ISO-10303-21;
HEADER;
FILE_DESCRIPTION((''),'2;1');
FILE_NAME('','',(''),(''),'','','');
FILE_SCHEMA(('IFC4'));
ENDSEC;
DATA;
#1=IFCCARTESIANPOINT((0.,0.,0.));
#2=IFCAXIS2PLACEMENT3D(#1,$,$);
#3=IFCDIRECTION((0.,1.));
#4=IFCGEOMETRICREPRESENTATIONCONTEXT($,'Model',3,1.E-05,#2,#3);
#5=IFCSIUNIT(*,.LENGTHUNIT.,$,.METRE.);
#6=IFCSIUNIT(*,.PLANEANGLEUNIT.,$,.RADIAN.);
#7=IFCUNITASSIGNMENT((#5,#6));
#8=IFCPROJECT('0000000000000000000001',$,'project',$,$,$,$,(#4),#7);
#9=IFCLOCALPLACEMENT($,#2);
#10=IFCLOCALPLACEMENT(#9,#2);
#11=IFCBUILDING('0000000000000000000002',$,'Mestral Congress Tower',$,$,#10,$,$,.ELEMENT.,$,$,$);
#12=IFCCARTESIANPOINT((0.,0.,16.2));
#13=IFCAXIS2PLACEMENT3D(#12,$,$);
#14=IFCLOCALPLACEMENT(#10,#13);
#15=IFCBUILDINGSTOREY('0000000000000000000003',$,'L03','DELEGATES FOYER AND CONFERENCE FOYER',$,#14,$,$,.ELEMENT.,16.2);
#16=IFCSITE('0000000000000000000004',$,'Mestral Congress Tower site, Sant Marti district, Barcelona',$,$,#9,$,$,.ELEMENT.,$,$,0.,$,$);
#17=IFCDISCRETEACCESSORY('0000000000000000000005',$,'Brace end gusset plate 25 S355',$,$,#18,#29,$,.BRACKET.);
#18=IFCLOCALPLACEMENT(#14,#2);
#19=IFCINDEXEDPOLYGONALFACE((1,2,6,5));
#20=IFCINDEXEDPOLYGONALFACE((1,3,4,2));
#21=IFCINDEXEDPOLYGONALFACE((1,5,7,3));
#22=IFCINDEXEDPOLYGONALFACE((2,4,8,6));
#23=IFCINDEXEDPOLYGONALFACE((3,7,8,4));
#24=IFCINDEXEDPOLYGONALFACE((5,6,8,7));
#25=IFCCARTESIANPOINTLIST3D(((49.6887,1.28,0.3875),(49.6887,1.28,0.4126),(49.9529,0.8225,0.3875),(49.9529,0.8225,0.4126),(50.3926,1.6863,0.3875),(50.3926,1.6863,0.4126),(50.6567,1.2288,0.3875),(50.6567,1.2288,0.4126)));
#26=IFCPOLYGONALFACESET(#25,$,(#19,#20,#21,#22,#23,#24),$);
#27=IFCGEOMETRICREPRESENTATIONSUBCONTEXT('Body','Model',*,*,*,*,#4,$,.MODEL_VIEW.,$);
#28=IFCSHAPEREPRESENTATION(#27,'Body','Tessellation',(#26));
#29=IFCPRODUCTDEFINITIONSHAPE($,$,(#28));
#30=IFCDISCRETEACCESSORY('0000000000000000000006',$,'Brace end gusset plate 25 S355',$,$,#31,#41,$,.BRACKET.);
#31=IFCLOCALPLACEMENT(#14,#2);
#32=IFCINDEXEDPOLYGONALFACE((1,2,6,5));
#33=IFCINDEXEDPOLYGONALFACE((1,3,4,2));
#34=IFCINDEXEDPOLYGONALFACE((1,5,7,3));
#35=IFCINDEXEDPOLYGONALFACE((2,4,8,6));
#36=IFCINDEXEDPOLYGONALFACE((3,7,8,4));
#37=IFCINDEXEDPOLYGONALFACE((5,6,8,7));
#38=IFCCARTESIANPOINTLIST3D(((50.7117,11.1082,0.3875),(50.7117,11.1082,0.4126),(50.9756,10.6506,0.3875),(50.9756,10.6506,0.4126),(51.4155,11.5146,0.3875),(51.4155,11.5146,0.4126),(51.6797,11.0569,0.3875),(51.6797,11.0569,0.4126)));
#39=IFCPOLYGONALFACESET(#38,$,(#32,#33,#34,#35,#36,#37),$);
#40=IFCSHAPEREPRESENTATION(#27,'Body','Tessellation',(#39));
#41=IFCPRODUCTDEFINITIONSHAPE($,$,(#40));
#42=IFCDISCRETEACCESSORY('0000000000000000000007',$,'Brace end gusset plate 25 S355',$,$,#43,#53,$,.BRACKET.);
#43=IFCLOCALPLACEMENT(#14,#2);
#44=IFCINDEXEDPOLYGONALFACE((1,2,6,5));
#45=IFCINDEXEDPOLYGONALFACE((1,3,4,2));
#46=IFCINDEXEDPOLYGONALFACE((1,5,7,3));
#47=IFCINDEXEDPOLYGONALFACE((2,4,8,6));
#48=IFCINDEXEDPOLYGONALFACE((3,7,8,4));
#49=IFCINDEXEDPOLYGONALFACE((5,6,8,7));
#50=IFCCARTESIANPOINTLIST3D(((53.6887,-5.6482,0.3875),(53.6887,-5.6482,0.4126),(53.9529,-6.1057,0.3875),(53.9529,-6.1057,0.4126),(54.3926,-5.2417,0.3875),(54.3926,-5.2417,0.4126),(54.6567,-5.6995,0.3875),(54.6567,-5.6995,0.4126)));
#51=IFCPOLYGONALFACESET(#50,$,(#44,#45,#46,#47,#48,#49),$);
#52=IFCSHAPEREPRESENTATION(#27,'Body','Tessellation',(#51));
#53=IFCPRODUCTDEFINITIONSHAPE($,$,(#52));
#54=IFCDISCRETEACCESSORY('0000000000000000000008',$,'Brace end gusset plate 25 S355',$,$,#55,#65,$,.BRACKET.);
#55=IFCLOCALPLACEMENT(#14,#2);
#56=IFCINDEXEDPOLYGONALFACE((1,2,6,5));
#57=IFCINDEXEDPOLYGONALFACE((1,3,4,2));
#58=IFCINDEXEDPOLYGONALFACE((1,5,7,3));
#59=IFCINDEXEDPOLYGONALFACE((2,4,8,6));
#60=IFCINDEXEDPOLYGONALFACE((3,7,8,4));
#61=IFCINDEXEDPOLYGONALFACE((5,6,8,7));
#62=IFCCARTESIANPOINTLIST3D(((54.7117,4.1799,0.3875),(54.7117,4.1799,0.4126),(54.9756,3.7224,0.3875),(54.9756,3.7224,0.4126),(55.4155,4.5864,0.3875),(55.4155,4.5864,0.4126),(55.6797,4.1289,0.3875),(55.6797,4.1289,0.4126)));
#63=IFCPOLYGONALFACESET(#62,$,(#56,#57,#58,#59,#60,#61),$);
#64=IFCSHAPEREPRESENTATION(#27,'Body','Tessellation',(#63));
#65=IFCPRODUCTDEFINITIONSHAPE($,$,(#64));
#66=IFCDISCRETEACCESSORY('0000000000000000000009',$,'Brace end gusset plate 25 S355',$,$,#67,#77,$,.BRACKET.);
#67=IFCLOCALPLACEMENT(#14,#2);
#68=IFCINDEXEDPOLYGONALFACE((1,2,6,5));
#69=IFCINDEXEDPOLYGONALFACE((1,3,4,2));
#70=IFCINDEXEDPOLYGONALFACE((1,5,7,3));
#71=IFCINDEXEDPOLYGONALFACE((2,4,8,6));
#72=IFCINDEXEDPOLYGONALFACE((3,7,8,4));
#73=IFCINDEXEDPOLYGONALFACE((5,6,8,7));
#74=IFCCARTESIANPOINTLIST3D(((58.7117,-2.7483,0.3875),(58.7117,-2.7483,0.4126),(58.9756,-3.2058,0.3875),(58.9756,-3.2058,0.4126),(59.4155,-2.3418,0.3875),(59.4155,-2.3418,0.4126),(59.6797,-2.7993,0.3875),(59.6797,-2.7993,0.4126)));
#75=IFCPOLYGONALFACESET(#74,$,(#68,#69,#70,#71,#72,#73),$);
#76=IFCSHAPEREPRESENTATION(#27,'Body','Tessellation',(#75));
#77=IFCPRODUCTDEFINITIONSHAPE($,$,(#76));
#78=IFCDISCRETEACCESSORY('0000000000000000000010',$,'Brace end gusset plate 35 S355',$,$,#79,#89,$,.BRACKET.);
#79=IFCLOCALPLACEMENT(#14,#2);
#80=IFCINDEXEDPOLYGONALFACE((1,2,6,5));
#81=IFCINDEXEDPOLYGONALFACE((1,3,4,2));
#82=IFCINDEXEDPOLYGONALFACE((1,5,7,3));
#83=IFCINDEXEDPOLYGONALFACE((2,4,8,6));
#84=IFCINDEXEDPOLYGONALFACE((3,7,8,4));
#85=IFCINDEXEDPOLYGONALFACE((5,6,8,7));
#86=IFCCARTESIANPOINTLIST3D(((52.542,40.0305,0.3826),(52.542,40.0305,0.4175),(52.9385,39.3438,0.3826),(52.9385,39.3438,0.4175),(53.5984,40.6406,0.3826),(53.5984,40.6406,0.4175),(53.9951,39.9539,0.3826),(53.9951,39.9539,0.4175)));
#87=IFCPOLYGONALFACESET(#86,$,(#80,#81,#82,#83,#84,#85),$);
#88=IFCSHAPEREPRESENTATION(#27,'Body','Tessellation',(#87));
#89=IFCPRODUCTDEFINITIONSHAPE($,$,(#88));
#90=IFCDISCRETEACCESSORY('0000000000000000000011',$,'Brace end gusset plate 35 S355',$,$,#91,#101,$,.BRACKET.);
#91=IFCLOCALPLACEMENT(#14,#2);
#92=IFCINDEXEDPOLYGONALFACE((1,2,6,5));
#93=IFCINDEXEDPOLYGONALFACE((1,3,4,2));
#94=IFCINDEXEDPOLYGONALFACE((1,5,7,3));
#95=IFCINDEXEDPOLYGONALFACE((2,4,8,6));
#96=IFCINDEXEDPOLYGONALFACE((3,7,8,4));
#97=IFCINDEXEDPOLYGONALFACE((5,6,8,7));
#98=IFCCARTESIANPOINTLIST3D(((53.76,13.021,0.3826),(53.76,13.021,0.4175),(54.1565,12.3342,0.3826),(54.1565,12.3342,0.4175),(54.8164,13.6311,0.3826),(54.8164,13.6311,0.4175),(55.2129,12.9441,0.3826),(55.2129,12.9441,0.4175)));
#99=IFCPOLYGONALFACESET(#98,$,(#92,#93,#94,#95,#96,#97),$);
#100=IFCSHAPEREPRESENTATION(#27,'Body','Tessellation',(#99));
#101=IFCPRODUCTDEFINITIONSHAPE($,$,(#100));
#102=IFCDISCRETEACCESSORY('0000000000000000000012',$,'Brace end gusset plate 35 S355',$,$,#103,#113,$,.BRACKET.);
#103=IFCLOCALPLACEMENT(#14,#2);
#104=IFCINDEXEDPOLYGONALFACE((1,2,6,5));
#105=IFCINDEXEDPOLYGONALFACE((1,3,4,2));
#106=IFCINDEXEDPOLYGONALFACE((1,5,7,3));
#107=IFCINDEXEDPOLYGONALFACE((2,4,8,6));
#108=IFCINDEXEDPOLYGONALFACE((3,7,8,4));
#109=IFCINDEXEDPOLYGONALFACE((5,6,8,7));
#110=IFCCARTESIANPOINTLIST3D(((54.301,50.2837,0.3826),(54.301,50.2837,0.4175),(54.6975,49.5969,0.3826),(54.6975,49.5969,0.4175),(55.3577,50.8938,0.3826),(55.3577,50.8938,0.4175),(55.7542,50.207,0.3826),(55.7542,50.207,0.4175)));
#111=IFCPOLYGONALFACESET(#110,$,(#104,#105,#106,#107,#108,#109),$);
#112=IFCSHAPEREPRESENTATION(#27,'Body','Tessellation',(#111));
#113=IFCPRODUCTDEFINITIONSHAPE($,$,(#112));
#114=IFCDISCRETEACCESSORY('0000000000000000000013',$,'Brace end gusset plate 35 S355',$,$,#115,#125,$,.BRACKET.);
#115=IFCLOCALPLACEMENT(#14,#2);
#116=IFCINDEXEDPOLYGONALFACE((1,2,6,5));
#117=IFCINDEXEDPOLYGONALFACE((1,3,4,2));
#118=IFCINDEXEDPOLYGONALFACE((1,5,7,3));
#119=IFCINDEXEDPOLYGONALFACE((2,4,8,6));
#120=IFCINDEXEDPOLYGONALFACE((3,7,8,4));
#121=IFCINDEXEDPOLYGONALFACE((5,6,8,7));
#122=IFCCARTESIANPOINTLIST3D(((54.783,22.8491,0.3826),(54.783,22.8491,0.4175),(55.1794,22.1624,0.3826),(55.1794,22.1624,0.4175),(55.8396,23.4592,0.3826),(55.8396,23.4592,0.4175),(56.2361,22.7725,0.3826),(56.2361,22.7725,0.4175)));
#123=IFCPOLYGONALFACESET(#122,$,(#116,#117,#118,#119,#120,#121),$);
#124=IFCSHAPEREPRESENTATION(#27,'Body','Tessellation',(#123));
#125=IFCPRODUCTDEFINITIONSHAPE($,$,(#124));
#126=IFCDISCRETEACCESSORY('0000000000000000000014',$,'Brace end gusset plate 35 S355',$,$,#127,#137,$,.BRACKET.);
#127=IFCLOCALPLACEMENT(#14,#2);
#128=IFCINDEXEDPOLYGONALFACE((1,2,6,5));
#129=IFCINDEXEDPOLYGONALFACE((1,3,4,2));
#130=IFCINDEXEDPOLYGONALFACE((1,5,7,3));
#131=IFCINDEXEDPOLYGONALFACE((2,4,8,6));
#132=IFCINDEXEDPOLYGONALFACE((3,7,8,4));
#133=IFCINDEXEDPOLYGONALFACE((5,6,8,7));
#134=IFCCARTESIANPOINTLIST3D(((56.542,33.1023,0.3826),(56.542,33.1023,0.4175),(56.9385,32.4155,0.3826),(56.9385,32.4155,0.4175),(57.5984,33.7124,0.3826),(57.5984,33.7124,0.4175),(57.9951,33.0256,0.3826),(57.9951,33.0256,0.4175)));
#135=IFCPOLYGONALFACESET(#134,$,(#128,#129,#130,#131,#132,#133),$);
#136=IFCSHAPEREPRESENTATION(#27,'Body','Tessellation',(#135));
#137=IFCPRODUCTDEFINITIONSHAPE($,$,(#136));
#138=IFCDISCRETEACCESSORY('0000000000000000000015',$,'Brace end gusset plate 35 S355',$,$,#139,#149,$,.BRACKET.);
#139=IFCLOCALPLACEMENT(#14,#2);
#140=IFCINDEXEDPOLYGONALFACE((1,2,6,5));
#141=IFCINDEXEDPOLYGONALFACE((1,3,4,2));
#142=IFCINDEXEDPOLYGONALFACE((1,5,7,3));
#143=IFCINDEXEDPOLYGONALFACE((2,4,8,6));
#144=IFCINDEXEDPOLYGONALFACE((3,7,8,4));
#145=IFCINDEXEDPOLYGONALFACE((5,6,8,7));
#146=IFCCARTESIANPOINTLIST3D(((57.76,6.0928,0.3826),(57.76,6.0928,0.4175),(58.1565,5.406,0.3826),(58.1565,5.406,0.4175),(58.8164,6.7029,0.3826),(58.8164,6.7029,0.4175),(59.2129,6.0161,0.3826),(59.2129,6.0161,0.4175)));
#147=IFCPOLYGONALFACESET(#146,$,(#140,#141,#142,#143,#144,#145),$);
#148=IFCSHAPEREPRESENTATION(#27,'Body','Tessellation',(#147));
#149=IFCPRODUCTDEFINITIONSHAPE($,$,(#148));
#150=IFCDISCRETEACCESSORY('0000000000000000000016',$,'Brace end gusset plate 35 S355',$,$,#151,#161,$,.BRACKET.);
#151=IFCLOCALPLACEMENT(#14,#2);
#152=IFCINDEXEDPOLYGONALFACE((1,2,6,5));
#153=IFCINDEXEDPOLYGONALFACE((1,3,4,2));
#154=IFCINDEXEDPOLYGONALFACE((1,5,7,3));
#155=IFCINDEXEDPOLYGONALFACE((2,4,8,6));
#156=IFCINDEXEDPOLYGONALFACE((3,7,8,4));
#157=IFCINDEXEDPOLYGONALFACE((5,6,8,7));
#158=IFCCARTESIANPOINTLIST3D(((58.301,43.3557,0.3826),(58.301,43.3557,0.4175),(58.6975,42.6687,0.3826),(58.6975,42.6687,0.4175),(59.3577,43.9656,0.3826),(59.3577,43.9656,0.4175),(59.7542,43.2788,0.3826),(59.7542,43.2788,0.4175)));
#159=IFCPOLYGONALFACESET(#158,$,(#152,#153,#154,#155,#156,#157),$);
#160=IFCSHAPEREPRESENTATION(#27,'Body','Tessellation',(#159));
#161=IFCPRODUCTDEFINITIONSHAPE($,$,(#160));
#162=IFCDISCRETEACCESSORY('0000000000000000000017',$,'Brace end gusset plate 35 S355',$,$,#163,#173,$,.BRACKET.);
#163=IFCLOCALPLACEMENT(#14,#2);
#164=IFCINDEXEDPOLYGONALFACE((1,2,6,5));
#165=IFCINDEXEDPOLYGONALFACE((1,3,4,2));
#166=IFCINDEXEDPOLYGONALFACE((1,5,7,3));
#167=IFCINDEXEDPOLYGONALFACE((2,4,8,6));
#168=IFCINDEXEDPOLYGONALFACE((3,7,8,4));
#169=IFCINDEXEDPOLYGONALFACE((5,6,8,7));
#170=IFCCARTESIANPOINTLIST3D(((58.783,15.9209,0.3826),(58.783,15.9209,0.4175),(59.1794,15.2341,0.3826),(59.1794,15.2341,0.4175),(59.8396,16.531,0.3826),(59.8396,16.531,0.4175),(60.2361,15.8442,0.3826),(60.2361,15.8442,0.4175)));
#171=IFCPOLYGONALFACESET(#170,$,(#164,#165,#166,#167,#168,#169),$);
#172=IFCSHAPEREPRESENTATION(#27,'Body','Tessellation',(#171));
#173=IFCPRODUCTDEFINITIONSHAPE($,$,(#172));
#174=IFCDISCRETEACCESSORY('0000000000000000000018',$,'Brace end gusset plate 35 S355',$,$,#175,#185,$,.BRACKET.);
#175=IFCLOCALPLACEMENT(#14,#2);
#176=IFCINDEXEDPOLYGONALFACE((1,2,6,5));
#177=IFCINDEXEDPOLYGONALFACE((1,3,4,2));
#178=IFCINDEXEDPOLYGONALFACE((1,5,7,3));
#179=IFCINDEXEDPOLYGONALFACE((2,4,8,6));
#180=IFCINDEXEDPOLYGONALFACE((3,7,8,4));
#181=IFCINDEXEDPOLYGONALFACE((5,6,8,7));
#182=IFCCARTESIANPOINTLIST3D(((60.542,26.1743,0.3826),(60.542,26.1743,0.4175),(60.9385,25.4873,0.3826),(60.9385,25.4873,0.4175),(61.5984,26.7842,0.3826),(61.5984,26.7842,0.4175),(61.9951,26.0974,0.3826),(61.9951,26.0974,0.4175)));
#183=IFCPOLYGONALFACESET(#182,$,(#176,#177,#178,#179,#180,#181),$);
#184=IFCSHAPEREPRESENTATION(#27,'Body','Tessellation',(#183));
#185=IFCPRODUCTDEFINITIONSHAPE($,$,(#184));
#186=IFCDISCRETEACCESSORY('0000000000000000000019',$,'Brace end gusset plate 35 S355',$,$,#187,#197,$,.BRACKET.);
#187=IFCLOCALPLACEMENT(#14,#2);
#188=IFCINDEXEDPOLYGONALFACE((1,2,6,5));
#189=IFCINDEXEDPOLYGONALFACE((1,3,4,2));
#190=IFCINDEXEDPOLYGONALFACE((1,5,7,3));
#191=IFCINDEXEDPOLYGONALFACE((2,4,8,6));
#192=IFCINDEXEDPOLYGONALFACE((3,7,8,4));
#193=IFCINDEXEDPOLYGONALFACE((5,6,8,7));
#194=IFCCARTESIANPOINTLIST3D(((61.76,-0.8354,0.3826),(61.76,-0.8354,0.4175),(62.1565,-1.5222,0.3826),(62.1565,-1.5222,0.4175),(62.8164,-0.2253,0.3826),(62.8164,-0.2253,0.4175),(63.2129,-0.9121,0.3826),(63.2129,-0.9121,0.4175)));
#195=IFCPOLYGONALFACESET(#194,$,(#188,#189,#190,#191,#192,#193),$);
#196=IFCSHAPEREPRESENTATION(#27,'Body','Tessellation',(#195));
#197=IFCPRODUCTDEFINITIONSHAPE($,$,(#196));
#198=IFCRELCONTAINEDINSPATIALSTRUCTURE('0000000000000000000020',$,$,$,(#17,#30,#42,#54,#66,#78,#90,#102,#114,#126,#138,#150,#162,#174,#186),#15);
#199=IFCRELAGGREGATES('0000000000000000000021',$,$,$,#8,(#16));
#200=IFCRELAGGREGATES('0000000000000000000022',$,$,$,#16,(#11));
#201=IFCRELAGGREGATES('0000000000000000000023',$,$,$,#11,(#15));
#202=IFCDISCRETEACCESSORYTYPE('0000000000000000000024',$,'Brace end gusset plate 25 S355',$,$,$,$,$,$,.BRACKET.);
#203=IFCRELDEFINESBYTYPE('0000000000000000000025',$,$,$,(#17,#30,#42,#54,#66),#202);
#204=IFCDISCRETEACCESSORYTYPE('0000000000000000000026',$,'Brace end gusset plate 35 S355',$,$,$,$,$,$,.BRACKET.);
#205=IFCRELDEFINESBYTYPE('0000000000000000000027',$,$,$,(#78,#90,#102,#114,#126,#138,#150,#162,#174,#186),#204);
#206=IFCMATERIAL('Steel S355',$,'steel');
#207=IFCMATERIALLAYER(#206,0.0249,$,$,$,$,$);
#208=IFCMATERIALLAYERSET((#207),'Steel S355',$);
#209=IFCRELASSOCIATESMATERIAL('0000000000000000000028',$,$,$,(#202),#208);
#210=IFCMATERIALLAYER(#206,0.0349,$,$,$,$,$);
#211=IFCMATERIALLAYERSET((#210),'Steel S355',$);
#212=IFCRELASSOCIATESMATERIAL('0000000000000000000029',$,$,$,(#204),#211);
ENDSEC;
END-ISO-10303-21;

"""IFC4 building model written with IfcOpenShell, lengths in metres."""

from ifc_helpers import new_model, si_unit, direction, frame, origin, place, context, subcontext, project, spatial, polyline, outline, extrude, material, layer, layer_set, type_object, element, save


model = new_model("IFC4")

# Units and contexts
model_context = context("Model", 3, precision=1e-05, world=origin(), true_north=direction((0.0, 1.0)))
body_context = subcontext(model_context, "Body", "Model", "MODEL_VIEW")
ifc_project = project(units=[si_unit("LENGTHUNIT", "METRE"), si_unit("PLANEANGLEUNIT", "RADIAN")], contexts=[model_context])

# Site, building, storey
site_placement = place(None, origin())
site = spatial("IfcSite", under=ifc_project, at=site_placement, Name="Mestral Congress Tower site, Sant Marti district, Barcelona", CompositionType="ELEMENT", RefElevation=0.0)
building_placement = place(site_placement, origin())
building = spatial("IfcBuilding", under=site, at=building_placement, Name="Mestral Congress Tower", CompositionType="ELEMENT")
storey_placement = place(building_placement, frame((0.0, 0.0, 16.2)))
storey = spatial("IfcBuildingStorey", under=building, at=storey_placement, Name="L03", Description="DELEGATES FOYER AND CONFERENCE FOYER", CompositionType="ELEMENT", Elevation=16.2)

# Discrete accessories
ifc_material = material(Name="Steel S355", Category="steel")
ifc_layer_1 = layer(ifc_material, 0.0249)
ifc_layer_set_1 = layer_set([ifc_layer_1], Name="Steel S355")
discrete_accessory_type_1 = type_object("IfcDiscreteAccessoryType", Name="Brace end gusset plate 25 S355", PredefinedType="BRACKET", material=ifc_layer_set_1)
placement_1 = place(storey_placement, frame((0.0, 0.0, 0.3875)))
element("IfcDiscreteAccessory", 1, at=placement_1, inside=storey, type_object=discrete_accessory_type_1, Name="Brace end gusset plate 25 S355", PredefinedType="BRACKET", context=body_context, shape_type="SweptSolid", body=[
    extrude(outline(polyline([(50.3926, 1.6863), (49.6887, 1.28), (49.9529, 0.8225), (50.6567, 1.2288), (50.3926, 1.6863)])), origin(), (0.0, 0.0, 1.0), 0.0251),
])
element("IfcDiscreteAccessory", 2, at=placement_1, inside=storey, type_object=discrete_accessory_type_1, Name="Brace end gusset plate 25 S355", PredefinedType="BRACKET", context=body_context, shape_type="SweptSolid", body=[
    extrude(outline(polyline([(51.4155, 11.5146), (50.7117, 11.1082), (50.9756, 10.6506), (51.6797, 11.0569), (51.4155, 11.5146)])), origin(), (0.0, 0.0, 1.0), 0.0251),
])
element("IfcDiscreteAccessory", 3, at=placement_1, inside=storey, type_object=discrete_accessory_type_1, Name="Brace end gusset plate 25 S355", PredefinedType="BRACKET", context=body_context, shape_type="SweptSolid", body=[
    extrude(outline(polyline([(54.3926, -5.2417), (53.6887, -5.6482), (53.9529, -6.1057), (54.6567, -5.6995), (54.3926, -5.2417)])), origin(), (0.0, 0.0, 1.0), 0.0251),
])
element("IfcDiscreteAccessory", 4, at=placement_1, inside=storey, type_object=discrete_accessory_type_1, Name="Brace end gusset plate 25 S355", PredefinedType="BRACKET", context=body_context, shape_type="SweptSolid", body=[
    extrude(outline(polyline([(55.4155, 4.5864), (54.7117, 4.1799), (54.9756, 3.7224), (55.6797, 4.1289), (55.4155, 4.5864)])), origin(), (0.0, 0.0, 1.0), 0.0251),
])
element("IfcDiscreteAccessory", 5, at=placement_1, inside=storey, type_object=discrete_accessory_type_1, Name="Brace end gusset plate 25 S355", PredefinedType="BRACKET", context=body_context, shape_type="SweptSolid", body=[
    extrude(outline(polyline([(59.4155, -2.3418), (58.7117, -2.7483), (58.9756, -3.2058), (59.6797, -2.7993), (59.4155, -2.3418)])), origin(), (0.0, 0.0, 1.0), 0.0251),
])
ifc_layer_2 = layer(ifc_material, 0.0349)
ifc_layer_set_2 = layer_set([ifc_layer_2], Name="Steel S355")
discrete_accessory_type_2 = type_object("IfcDiscreteAccessoryType", Name="Brace end gusset plate 35 S355", PredefinedType="BRACKET", material=ifc_layer_set_2)
placement_2 = place(storey_placement, frame((0.0, 0.0, 0.3826)))
element("IfcDiscreteAccessory", 6, at=placement_2, inside=storey, type_object=discrete_accessory_type_2, Name="Brace end gusset plate 35 S355", PredefinedType="BRACKET", context=body_context, shape_type="SweptSolid", body=[
    extrude(outline(polyline([(53.5984, 40.6406), (52.542, 40.0305), (52.9385, 39.3438), (53.9951, 39.9539), (53.5984, 40.6406)])), origin(), (0.0, 0.0, 1.0), 0.0349),
])
element("IfcDiscreteAccessory", 7, at=placement_2, inside=storey, type_object=discrete_accessory_type_2, Name="Brace end gusset plate 35 S355", PredefinedType="BRACKET", context=body_context, shape_type="SweptSolid", body=[
    extrude(outline(polyline([(54.1565, 12.3342), (55.2129, 12.9441), (54.8164, 13.6311), (53.76, 13.021), (54.1565, 12.3342)])), origin(), (0.0, 0.0, 1.0), 0.0349),
])
element("IfcDiscreteAccessory", 8, at=placement_2, inside=storey, type_object=discrete_accessory_type_2, Name="Brace end gusset plate 35 S355", PredefinedType="BRACKET", context=body_context, shape_type="SweptSolid", body=[
    extrude(outline(polyline([(55.3577, 50.8938), (54.301, 50.2837), (54.6975, 49.5969), (55.7542, 50.207), (55.3577, 50.8938)])), origin(), (0.0, 0.0, 1.0), 0.0349),
])
element("IfcDiscreteAccessory", 9, at=placement_2, inside=storey, type_object=discrete_accessory_type_2, Name="Brace end gusset plate 35 S355", PredefinedType="BRACKET", context=body_context, shape_type="SweptSolid", body=[
    extrude(outline(polyline([(55.8396, 23.4592), (54.783, 22.8491), (55.1794, 22.1624), (56.2361, 22.7725), (55.8396, 23.4592)])), origin(), (0.0, 0.0, 1.0), 0.0349),
])
element("IfcDiscreteAccessory", 10, at=placement_2, inside=storey, type_object=discrete_accessory_type_2, Name="Brace end gusset plate 35 S355", PredefinedType="BRACKET", context=body_context, shape_type="SweptSolid", body=[
    extrude(outline(polyline([(57.5984, 33.7124), (56.542, 33.1023), (56.9385, 32.4155), (57.9951, 33.0256), (57.5984, 33.7124)])), origin(), (0.0, 0.0, 1.0), 0.0349),
])
element("IfcDiscreteAccessory", 11, at=placement_2, inside=storey, type_object=discrete_accessory_type_2, Name="Brace end gusset plate 35 S355", PredefinedType="BRACKET", context=body_context, shape_type="SweptSolid", body=[
    extrude(outline(polyline([(58.1565, 5.406), (59.2129, 6.0161), (58.8164, 6.7029), (57.76, 6.0928), (58.1565, 5.406)])), origin(), (0.0, 0.0, 1.0), 0.0349),
])
element("IfcDiscreteAccessory", 12, at=placement_2, inside=storey, type_object=discrete_accessory_type_2, Name="Brace end gusset plate 35 S355", PredefinedType="BRACKET", context=body_context, shape_type="SweptSolid", body=[
    extrude(outline(polyline([(59.3577, 43.9656), (58.301, 43.3557), (58.6975, 42.6687), (59.7542, 43.2788), (59.3577, 43.9656)])), origin(), (0.0, 0.0, 1.0), 0.0349),
])
element("IfcDiscreteAccessory", 13, at=placement_2, inside=storey, type_object=discrete_accessory_type_2, Name="Brace end gusset plate 35 S355", PredefinedType="BRACKET", context=body_context, shape_type="SweptSolid", body=[
    extrude(outline(polyline([(59.8396, 16.531), (58.783, 15.9209), (59.1794, 15.2341), (60.2361, 15.8442), (59.8396, 16.531)])), origin(), (0.0, 0.0, 1.0), 0.0349),
])
element("IfcDiscreteAccessory", 14, at=placement_2, inside=storey, type_object=discrete_accessory_type_2, Name="Brace end gusset plate 35 S355", PredefinedType="BRACKET", context=body_context, shape_type="SweptSolid", body=[
    extrude(outline(polyline([(61.5984, 26.7842), (60.542, 26.1743), (60.9385, 25.4873), (61.9951, 26.0974), (61.5984, 26.7842)])), origin(), (0.0, 0.0, 1.0), 0.0349),
])
element("IfcDiscreteAccessory", 15, at=placement_2, inside=storey, type_object=discrete_accessory_type_2, Name="Brace end gusset plate 35 S355", PredefinedType="BRACKET", context=body_context, shape_type="SweptSolid", body=[
    extrude(outline(polyline([(62.1565, -1.5222), (63.2129, -0.9121), (62.8164, -0.2253), (61.76, -0.8354), (62.1565, -1.5222)])), origin(), (0.0, 0.0, 1.0), 0.0349),
])

save(model, "model.ifc")
